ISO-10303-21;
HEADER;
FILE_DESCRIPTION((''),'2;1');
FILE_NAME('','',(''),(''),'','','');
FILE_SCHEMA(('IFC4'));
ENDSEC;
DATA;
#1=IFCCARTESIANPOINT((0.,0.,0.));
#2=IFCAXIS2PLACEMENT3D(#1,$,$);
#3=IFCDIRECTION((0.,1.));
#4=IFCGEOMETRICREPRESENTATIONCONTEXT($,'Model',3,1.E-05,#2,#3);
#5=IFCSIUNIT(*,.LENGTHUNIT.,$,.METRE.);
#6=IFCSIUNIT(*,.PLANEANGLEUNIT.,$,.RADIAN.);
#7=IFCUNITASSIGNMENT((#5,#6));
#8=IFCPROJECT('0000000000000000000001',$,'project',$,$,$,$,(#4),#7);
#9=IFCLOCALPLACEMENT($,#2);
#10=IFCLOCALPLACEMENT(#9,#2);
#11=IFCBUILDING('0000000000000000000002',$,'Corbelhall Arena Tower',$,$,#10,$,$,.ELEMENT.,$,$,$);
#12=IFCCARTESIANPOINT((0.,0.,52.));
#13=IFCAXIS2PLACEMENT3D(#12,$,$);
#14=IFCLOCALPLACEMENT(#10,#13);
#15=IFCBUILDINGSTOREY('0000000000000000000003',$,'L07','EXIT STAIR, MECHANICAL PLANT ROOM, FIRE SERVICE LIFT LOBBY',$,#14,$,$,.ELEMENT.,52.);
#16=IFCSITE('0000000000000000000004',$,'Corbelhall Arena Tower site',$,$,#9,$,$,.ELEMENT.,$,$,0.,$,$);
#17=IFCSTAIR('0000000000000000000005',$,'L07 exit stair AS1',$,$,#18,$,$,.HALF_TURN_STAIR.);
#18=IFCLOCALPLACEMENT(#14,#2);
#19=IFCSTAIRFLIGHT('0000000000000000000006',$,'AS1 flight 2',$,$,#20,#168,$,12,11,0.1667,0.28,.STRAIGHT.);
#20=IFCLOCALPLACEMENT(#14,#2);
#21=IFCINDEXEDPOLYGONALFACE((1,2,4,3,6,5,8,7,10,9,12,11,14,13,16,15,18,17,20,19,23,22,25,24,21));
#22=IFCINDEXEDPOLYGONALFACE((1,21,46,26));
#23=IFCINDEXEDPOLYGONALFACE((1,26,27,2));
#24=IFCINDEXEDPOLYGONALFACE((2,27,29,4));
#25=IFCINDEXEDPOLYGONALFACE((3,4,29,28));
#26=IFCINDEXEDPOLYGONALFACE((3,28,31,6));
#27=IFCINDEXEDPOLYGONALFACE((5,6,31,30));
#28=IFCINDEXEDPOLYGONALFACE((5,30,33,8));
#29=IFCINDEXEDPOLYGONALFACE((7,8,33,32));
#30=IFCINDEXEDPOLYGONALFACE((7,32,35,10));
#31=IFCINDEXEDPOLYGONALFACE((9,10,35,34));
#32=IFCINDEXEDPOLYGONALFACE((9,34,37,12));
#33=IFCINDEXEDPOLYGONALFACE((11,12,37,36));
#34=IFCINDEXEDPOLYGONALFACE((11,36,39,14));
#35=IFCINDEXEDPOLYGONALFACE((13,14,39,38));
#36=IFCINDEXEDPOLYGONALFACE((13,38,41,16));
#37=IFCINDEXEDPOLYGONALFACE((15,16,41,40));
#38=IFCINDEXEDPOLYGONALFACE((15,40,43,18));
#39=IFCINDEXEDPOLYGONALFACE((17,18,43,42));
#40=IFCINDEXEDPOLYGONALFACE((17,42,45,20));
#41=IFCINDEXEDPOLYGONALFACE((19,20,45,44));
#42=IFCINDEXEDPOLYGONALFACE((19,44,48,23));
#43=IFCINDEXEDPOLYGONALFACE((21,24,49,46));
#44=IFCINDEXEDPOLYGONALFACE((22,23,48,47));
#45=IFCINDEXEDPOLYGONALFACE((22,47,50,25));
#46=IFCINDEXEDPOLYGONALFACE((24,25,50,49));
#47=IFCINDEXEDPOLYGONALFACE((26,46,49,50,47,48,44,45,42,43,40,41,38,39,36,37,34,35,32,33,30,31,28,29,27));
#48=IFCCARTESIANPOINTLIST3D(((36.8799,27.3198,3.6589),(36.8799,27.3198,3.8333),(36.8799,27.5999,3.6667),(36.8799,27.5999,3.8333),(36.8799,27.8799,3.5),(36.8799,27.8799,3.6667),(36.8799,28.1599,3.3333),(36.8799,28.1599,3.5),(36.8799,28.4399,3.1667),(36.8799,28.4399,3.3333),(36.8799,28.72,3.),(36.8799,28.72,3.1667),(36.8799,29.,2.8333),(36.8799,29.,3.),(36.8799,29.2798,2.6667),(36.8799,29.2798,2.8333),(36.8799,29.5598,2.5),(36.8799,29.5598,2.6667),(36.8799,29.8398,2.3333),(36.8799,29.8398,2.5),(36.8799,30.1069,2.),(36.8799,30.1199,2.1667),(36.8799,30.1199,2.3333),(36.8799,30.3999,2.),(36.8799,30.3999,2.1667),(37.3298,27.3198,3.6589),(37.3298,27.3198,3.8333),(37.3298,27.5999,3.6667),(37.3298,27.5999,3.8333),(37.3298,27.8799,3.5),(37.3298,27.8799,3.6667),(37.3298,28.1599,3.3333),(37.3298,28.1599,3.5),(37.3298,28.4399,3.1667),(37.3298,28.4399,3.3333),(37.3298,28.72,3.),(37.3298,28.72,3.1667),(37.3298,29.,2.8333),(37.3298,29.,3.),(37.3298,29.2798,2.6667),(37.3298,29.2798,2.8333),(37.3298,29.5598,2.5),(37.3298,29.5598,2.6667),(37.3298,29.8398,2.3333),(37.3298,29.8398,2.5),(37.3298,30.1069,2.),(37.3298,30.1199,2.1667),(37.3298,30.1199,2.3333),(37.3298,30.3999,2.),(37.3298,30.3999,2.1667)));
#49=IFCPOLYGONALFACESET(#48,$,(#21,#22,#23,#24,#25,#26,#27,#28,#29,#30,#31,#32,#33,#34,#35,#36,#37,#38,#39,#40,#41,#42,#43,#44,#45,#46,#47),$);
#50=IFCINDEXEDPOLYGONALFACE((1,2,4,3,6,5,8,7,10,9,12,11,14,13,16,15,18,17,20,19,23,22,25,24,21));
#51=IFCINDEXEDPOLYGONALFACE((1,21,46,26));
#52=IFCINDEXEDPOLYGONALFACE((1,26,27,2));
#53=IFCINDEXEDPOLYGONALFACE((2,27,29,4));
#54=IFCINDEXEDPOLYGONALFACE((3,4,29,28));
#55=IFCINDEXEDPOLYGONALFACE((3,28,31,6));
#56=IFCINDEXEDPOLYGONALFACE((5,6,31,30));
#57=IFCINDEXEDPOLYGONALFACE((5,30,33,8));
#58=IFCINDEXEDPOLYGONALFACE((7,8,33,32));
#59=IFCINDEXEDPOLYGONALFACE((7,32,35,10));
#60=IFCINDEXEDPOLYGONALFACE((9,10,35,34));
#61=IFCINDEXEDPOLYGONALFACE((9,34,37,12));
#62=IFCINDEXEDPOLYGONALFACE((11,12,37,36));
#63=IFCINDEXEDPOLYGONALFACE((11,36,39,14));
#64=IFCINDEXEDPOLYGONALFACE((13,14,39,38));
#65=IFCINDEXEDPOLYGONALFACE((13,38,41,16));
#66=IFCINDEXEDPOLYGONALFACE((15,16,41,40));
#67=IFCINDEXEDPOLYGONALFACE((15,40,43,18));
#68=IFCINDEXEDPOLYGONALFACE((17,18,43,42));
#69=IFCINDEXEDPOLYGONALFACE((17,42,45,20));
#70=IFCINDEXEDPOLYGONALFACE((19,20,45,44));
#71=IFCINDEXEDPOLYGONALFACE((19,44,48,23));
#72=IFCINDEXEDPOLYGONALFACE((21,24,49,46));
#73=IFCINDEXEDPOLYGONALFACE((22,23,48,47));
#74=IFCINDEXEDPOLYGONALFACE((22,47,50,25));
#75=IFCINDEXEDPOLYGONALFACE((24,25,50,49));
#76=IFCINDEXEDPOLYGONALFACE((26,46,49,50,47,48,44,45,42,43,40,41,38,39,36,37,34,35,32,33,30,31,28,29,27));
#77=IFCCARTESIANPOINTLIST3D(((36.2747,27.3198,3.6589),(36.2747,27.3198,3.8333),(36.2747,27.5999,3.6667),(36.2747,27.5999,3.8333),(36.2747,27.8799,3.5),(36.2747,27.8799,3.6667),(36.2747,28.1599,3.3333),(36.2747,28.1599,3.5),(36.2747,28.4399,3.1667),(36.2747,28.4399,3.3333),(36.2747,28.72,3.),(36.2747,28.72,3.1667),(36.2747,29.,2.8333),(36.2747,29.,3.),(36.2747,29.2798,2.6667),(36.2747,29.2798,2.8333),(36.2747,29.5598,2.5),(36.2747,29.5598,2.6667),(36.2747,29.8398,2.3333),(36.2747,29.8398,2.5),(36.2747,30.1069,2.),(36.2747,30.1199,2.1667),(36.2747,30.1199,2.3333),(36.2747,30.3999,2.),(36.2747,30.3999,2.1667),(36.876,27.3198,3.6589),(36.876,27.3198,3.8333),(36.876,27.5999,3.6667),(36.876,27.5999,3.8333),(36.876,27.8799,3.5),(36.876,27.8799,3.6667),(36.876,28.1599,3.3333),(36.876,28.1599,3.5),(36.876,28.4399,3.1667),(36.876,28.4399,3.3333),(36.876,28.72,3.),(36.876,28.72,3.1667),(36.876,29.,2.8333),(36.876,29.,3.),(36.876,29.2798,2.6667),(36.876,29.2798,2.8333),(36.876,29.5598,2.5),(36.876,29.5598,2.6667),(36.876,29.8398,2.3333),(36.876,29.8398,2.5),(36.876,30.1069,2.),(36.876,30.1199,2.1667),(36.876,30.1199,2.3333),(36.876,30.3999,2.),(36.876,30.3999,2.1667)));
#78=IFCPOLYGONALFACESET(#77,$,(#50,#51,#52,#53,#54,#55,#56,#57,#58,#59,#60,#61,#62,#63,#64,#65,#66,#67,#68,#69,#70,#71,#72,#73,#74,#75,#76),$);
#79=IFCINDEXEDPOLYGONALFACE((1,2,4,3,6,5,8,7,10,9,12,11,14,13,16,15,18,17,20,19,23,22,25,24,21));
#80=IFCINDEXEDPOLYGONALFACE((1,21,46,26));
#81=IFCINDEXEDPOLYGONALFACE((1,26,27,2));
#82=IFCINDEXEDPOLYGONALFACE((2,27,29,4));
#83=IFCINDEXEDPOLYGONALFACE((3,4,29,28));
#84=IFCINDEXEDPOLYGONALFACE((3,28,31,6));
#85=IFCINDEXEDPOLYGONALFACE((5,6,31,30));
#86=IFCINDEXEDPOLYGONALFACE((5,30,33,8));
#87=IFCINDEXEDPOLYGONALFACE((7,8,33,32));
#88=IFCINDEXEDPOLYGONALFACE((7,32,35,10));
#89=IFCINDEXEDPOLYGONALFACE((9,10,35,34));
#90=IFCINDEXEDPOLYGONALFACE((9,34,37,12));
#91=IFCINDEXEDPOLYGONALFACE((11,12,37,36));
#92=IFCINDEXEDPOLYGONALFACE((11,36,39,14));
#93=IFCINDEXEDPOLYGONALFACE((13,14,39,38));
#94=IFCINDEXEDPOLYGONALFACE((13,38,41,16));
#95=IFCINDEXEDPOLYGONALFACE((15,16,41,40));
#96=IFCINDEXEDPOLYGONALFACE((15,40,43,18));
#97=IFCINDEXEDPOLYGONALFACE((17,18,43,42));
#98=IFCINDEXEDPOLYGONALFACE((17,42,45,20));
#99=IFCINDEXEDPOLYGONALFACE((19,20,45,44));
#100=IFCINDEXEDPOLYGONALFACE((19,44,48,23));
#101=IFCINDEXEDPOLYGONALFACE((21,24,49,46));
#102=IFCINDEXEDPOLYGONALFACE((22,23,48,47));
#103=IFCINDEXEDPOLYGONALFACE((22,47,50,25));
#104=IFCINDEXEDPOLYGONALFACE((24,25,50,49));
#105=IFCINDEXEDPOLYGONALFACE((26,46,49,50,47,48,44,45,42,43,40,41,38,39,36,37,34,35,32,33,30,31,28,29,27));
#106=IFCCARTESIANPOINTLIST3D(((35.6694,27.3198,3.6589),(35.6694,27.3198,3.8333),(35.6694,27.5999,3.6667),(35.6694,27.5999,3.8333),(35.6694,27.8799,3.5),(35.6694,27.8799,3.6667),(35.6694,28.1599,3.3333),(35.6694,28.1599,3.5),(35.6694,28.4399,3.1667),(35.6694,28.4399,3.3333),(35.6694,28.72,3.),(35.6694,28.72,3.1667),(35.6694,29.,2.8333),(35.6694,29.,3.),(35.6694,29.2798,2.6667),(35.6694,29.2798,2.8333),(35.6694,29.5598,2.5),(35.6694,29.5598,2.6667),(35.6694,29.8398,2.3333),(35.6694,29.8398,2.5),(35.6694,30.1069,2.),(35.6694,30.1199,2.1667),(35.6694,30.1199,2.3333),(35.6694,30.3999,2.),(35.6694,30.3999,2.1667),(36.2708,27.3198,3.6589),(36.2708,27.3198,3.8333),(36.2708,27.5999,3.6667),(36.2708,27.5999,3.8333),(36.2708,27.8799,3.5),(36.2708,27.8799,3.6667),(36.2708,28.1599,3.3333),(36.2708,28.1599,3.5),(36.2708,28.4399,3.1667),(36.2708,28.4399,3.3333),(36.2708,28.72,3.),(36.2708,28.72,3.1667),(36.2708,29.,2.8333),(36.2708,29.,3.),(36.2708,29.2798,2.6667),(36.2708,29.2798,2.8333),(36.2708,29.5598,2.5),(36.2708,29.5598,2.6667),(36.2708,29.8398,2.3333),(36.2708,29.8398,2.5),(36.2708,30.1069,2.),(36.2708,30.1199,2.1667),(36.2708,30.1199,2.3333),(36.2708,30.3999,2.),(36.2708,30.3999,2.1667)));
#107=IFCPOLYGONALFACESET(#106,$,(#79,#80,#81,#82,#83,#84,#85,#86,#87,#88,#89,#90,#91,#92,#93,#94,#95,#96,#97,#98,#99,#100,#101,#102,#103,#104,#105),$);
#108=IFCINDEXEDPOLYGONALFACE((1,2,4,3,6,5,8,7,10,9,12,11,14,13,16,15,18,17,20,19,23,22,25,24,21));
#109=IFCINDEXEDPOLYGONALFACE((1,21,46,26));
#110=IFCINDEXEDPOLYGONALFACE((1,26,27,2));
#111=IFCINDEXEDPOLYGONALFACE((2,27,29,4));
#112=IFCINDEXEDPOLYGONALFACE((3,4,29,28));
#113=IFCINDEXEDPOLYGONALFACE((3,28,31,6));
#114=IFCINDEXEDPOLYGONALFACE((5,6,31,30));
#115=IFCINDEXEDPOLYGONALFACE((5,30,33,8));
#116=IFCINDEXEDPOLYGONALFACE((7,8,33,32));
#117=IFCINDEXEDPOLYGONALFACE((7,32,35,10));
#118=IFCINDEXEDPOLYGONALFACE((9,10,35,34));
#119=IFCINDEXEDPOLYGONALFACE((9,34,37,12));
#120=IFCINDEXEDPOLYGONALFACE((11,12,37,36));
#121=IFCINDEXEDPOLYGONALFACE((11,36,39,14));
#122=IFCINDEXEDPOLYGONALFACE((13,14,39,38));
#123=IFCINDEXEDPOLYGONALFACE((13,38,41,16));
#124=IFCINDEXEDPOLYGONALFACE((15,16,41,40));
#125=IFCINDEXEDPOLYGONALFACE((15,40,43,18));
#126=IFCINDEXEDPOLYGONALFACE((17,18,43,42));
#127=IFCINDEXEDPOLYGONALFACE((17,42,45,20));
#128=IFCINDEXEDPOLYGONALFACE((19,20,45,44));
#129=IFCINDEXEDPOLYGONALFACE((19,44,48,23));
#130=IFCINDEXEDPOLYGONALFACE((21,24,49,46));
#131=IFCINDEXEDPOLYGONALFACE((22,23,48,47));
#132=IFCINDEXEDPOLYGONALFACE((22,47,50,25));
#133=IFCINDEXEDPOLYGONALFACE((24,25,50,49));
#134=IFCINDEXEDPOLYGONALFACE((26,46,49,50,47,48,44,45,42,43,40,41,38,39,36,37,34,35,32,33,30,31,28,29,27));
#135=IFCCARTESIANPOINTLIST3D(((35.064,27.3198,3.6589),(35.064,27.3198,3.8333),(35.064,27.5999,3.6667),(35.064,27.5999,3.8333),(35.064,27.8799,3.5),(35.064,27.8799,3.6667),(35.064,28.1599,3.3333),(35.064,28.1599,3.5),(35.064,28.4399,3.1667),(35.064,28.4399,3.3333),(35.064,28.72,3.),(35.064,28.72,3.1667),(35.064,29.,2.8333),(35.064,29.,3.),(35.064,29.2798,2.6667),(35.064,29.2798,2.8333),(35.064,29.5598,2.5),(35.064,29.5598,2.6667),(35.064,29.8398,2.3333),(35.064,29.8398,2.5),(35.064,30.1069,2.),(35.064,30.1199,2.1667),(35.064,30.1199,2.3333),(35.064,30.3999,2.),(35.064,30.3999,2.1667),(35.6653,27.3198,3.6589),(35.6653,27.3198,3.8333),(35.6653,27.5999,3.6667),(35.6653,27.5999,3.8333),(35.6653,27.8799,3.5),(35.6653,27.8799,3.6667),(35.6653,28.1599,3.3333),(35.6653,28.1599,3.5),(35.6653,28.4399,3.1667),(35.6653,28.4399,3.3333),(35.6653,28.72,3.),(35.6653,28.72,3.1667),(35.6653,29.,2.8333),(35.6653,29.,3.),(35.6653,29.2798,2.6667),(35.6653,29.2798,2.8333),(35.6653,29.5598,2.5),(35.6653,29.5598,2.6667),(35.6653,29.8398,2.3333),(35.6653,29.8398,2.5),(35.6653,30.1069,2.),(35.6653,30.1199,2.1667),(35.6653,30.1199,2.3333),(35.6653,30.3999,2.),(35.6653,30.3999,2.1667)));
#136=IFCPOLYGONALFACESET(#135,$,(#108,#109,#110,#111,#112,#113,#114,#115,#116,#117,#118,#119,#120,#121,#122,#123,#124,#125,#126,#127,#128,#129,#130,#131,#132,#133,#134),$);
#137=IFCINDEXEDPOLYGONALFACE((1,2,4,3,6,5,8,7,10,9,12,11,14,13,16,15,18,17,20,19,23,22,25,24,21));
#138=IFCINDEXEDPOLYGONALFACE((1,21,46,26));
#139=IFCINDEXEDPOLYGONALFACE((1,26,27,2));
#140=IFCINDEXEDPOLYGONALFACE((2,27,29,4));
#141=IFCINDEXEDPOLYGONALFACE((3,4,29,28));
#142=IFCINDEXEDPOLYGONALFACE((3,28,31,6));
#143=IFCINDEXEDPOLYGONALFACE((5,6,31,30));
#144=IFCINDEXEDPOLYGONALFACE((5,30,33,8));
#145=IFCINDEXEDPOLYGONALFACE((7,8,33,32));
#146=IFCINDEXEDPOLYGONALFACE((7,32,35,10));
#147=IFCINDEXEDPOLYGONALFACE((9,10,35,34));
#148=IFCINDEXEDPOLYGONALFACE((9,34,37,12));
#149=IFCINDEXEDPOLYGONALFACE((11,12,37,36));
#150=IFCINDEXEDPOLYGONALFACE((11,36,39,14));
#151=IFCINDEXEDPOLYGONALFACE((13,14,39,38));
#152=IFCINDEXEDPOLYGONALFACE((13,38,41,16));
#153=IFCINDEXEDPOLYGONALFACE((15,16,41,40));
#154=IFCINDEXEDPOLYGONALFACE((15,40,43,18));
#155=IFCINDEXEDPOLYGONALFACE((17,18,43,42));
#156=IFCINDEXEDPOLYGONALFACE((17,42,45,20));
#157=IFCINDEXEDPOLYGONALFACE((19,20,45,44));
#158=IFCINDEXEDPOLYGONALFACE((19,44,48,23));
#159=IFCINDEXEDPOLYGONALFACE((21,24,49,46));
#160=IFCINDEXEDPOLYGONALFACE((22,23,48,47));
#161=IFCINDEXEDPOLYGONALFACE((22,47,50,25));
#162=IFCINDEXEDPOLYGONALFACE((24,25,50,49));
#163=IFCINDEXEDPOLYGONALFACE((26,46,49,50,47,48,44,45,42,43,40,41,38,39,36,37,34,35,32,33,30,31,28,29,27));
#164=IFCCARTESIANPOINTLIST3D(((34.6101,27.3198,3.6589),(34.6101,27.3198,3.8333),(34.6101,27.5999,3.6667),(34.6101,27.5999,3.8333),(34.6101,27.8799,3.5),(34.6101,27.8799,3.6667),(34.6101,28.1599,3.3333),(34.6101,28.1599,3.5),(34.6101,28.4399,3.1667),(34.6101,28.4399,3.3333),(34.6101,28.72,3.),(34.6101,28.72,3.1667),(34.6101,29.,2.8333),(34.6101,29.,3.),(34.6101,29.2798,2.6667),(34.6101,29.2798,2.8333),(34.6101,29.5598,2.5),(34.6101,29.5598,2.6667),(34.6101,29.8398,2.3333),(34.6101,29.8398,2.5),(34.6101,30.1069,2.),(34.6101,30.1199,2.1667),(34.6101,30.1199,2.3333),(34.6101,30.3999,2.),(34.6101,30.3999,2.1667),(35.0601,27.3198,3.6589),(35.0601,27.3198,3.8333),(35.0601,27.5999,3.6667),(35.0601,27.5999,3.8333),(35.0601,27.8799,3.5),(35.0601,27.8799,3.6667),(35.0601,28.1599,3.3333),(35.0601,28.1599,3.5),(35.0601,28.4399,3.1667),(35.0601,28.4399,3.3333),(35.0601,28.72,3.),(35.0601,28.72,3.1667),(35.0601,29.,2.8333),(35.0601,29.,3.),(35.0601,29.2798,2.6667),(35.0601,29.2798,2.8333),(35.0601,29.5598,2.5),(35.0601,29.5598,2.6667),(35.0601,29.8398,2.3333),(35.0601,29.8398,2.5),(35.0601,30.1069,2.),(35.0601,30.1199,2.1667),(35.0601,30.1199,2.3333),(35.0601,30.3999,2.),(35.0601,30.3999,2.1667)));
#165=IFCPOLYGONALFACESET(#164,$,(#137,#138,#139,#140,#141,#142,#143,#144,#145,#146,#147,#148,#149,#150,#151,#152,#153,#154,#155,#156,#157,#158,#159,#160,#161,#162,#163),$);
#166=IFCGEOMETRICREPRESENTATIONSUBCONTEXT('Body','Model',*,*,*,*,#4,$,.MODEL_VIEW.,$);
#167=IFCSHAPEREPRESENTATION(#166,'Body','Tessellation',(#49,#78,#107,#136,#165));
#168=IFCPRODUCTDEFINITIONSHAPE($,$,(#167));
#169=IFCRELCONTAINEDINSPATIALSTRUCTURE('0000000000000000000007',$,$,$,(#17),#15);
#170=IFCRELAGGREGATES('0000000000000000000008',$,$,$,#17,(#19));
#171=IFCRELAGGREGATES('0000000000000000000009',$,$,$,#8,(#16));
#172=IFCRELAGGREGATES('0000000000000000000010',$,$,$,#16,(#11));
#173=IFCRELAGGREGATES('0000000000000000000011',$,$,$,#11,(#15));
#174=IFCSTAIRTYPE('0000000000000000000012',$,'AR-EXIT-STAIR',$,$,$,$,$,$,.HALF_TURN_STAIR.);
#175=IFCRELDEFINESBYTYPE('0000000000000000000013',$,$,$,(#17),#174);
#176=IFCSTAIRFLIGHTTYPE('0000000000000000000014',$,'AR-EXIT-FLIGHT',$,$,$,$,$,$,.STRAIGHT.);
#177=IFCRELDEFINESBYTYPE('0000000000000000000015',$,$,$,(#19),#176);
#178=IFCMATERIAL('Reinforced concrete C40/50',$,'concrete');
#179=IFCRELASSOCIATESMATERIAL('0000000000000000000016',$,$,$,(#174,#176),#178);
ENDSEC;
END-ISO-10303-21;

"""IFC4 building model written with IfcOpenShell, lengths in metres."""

from ifc_helpers import new_model, si_unit, direction, frame, origin, place, context, subcontext, project, spatial, polyline, outline, extrude, material, type_object, element, aggregate, save


model = new_model("IFC4")

# Units and contexts
model_context = context("Model", 3, precision=1e-05, world=origin(), true_north=direction((0.0, 1.0)))
body_context = subcontext(model_context, "Body", "Model", "MODEL_VIEW")
ifc_project = project(units=[si_unit("LENGTHUNIT", "METRE"), si_unit("PLANEANGLEUNIT", "RADIAN")], contexts=[model_context])

# Site, building, storey
site_placement = place(None, origin())
site = spatial("IfcSite", under=ifc_project, at=site_placement, Name="Corbelhall Arena Tower site", CompositionType="ELEMENT", RefElevation=0.0)
building_placement = place(site_placement, origin())
building = spatial("IfcBuilding", under=site, at=building_placement, Name="Corbelhall Arena Tower", CompositionType="ELEMENT")
storey_placement = place(building_placement, frame((0.0, 0.0, 52.0)))
storey = spatial("IfcBuildingStorey", under=building, at=storey_placement, Name="L07", Description="EXIT STAIR, MECHANICAL PLANT ROOM, FIRE SERVICE LIFT LOBBY", CompositionType="ELEMENT", Elevation=52.0)

# Shared definitions
ifc_material_1 = material(Name="Reinforced concrete C40/50", Category="concrete")

# Stair, stair flight
stair_type = type_object("IfcStairType", Name="AR-EXIT-STAIR", PredefinedType="HALF_TURN_STAIR", material=ifc_material_1)
stair_1_placement = place(storey_placement, origin())
stair_1 = element("IfcStair", 1, at=stair_1_placement, inside=storey, type_object=stair_type, Name="L07 exit stair AS1", PredefinedType="HALF_TURN_STAIR")
stair_flight_type = type_object("IfcStairFlightType", Name="AR-EXIT-FLIGHT", PredefinedType="STRAIGHT", material=ifc_material_1)
stair_flight_1_placement = place(storey_placement, frame((35.97, 30.3999, 2.0), z_axis=(0.0, 0.0, 1.0), x_axis=(0.0, -1.0, 0.0)))
stair_flight_1 = element("IfcStairFlight", 2, at=stair_flight_1_placement, type_object=stair_flight_type, Name="AS1 flight 2", NumberOfRisers=12, NumberOfTreads=11, PredefinedType="STRAIGHT", RiserHeight=0.1667, TreadLength=0.28, context=body_context, shape_type="SweptSolid", body=[
    extrude(outline(polyline([(0.0, 0.0), (0.0, 0.1667), (0.28, 0.1667), (0.28, 0.3333), (0.5601, 0.3333), (0.5601, 0.5), (0.8401, 0.5), (0.8401, 0.6667), (1.1201, 0.6667), (1.1201, 0.8333), (1.3999, 0.8333), (1.3999, 1.0), (1.6799, 1.0), (1.6799, 1.1667), (1.96, 1.1667), (1.96, 1.3333), (2.24, 1.3333), (2.24, 1.5), (2.52, 1.5), (2.52, 1.6667), (2.8, 1.6667), (2.8, 1.8333), (3.0801, 1.8333), (3.0801, 2.0), (3.0801, 1.6589), (0.293, 0.0), (0.0, 0.0)])), frame((0.0, 1.3599, 0.0), z_axis=(0.0, -1.0, 0.0), x_axis=(1.0, 0.0, 0.0)), (0.0, 0.0, 1.0), 0.45),
    extrude(outline(polyline([(0.0, 0.0), (0.0, 0.1667), (0.28, 0.1667), (0.28, 0.3333), (0.5601, 0.3333), (0.5601, 0.5), (0.8401, 0.5), (0.8401, 0.6667), (1.1201, 0.6667), (1.1201, 0.8333), (1.3999, 0.8333), (1.3999, 1.0), (1.6799, 1.0), (1.6799, 1.1667), (1.96, 1.1667), (1.96, 1.3333), (2.24, 1.3333), (2.24, 1.5), (2.52, 1.5), (2.52, 1.6667), (2.8, 1.6667), (2.8, 1.8333), (3.0801, 1.8333), (3.0801, 2.0), (3.0801, 1.6589), (0.293, 0.0), (0.0, 0.0)])), frame((0.0, 0.906, 0.0), z_axis=(0.0, -1.0, 0.0), x_axis=(1.0, 0.0, 0.0)), (0.0, 0.0, 1.0), 0.6013),
    extrude(outline(polyline([(0.0, 0.0), (0.0, 0.1667), (0.28, 0.1667), (0.28, 0.3333), (0.5601, 0.3333), (0.5601, 0.5), (0.8401, 0.5), (0.8401, 0.6667), (1.1201, 0.6667), (1.1201, 0.8333), (1.3999, 0.8333), (1.3999, 1.0), (1.6799, 1.0), (1.6799, 1.1667), (1.96, 1.1667), (1.96, 1.3333), (2.24, 1.3333), (2.24, 1.5), (2.52, 1.5), (2.52, 1.6667), (2.8, 1.6667), (2.8, 1.8333), (3.0801, 1.8333), (3.0801, 2.0), (3.0801, 1.6589), (0.293, 0.0), (0.0, 0.0)])), frame((0.0, 0.3008, 0.0), z_axis=(0.0, -1.0, 0.0), x_axis=(1.0, 0.0, 0.0)), (0.0, 0.0, 1.0), 0.6013),
    extrude(outline(polyline([(0.0, 0.0), (0.0, 0.1667), (0.28, 0.1667), (0.28, 0.3333), (0.5601, 0.3333), (0.5601, 0.5), (0.8401, 0.5), (0.8401, 0.6667), (1.1201, 0.6667), (1.1201, 0.8333), (1.3999, 0.8333), (1.3999, 1.0), (1.6799, 1.0), (1.6799, 1.1667), (1.96, 1.1667), (1.96, 1.3333), (2.24, 1.3333), (2.24, 1.5), (2.52, 1.5), (2.52, 1.6667), (2.8, 1.6667), (2.8, 1.8333), (3.0801, 1.8333), (3.0801, 2.0), (3.0801, 1.6589), (0.293, 0.0), (0.0, 0.0)])), frame((0.0, -0.3047, 0.0), z_axis=(0.0, -1.0, 0.0), x_axis=(1.0, 0.0, 0.0)), (0.0, 0.0, 1.0), 0.6013),
    extrude(outline(polyline([(0.0, 0.0), (0.0, 0.1667), (0.28, 0.1667), (0.28, 0.3333), (0.5601, 0.3333), (0.5601, 0.5), (0.8401, 0.5), (0.8401, 0.6667), (1.1201, 0.6667), (1.1201, 0.8333), (1.3999, 0.8333), (1.3999, 1.0), (1.6799, 1.0), (1.6799, 1.1667), (1.96, 1.1667), (1.96, 1.3333), (2.24, 1.3333), (2.24, 1.5), (2.52, 1.5), (2.52, 1.6667), (2.8, 1.6667), (2.8, 1.8333), (3.0801, 1.8333), (3.0801, 2.0), (3.0801, 1.6589), (0.293, 0.0), (0.0, 0.0)])), frame((0.0, -0.9099, 0.0), z_axis=(0.0, -1.0, 0.0), x_axis=(1.0, 0.0, 0.0)), (0.0, 0.0, 1.0), 0.45),
])
aggregate(stair_1, [stair_flight_1])

save(model, "model.ifc")
